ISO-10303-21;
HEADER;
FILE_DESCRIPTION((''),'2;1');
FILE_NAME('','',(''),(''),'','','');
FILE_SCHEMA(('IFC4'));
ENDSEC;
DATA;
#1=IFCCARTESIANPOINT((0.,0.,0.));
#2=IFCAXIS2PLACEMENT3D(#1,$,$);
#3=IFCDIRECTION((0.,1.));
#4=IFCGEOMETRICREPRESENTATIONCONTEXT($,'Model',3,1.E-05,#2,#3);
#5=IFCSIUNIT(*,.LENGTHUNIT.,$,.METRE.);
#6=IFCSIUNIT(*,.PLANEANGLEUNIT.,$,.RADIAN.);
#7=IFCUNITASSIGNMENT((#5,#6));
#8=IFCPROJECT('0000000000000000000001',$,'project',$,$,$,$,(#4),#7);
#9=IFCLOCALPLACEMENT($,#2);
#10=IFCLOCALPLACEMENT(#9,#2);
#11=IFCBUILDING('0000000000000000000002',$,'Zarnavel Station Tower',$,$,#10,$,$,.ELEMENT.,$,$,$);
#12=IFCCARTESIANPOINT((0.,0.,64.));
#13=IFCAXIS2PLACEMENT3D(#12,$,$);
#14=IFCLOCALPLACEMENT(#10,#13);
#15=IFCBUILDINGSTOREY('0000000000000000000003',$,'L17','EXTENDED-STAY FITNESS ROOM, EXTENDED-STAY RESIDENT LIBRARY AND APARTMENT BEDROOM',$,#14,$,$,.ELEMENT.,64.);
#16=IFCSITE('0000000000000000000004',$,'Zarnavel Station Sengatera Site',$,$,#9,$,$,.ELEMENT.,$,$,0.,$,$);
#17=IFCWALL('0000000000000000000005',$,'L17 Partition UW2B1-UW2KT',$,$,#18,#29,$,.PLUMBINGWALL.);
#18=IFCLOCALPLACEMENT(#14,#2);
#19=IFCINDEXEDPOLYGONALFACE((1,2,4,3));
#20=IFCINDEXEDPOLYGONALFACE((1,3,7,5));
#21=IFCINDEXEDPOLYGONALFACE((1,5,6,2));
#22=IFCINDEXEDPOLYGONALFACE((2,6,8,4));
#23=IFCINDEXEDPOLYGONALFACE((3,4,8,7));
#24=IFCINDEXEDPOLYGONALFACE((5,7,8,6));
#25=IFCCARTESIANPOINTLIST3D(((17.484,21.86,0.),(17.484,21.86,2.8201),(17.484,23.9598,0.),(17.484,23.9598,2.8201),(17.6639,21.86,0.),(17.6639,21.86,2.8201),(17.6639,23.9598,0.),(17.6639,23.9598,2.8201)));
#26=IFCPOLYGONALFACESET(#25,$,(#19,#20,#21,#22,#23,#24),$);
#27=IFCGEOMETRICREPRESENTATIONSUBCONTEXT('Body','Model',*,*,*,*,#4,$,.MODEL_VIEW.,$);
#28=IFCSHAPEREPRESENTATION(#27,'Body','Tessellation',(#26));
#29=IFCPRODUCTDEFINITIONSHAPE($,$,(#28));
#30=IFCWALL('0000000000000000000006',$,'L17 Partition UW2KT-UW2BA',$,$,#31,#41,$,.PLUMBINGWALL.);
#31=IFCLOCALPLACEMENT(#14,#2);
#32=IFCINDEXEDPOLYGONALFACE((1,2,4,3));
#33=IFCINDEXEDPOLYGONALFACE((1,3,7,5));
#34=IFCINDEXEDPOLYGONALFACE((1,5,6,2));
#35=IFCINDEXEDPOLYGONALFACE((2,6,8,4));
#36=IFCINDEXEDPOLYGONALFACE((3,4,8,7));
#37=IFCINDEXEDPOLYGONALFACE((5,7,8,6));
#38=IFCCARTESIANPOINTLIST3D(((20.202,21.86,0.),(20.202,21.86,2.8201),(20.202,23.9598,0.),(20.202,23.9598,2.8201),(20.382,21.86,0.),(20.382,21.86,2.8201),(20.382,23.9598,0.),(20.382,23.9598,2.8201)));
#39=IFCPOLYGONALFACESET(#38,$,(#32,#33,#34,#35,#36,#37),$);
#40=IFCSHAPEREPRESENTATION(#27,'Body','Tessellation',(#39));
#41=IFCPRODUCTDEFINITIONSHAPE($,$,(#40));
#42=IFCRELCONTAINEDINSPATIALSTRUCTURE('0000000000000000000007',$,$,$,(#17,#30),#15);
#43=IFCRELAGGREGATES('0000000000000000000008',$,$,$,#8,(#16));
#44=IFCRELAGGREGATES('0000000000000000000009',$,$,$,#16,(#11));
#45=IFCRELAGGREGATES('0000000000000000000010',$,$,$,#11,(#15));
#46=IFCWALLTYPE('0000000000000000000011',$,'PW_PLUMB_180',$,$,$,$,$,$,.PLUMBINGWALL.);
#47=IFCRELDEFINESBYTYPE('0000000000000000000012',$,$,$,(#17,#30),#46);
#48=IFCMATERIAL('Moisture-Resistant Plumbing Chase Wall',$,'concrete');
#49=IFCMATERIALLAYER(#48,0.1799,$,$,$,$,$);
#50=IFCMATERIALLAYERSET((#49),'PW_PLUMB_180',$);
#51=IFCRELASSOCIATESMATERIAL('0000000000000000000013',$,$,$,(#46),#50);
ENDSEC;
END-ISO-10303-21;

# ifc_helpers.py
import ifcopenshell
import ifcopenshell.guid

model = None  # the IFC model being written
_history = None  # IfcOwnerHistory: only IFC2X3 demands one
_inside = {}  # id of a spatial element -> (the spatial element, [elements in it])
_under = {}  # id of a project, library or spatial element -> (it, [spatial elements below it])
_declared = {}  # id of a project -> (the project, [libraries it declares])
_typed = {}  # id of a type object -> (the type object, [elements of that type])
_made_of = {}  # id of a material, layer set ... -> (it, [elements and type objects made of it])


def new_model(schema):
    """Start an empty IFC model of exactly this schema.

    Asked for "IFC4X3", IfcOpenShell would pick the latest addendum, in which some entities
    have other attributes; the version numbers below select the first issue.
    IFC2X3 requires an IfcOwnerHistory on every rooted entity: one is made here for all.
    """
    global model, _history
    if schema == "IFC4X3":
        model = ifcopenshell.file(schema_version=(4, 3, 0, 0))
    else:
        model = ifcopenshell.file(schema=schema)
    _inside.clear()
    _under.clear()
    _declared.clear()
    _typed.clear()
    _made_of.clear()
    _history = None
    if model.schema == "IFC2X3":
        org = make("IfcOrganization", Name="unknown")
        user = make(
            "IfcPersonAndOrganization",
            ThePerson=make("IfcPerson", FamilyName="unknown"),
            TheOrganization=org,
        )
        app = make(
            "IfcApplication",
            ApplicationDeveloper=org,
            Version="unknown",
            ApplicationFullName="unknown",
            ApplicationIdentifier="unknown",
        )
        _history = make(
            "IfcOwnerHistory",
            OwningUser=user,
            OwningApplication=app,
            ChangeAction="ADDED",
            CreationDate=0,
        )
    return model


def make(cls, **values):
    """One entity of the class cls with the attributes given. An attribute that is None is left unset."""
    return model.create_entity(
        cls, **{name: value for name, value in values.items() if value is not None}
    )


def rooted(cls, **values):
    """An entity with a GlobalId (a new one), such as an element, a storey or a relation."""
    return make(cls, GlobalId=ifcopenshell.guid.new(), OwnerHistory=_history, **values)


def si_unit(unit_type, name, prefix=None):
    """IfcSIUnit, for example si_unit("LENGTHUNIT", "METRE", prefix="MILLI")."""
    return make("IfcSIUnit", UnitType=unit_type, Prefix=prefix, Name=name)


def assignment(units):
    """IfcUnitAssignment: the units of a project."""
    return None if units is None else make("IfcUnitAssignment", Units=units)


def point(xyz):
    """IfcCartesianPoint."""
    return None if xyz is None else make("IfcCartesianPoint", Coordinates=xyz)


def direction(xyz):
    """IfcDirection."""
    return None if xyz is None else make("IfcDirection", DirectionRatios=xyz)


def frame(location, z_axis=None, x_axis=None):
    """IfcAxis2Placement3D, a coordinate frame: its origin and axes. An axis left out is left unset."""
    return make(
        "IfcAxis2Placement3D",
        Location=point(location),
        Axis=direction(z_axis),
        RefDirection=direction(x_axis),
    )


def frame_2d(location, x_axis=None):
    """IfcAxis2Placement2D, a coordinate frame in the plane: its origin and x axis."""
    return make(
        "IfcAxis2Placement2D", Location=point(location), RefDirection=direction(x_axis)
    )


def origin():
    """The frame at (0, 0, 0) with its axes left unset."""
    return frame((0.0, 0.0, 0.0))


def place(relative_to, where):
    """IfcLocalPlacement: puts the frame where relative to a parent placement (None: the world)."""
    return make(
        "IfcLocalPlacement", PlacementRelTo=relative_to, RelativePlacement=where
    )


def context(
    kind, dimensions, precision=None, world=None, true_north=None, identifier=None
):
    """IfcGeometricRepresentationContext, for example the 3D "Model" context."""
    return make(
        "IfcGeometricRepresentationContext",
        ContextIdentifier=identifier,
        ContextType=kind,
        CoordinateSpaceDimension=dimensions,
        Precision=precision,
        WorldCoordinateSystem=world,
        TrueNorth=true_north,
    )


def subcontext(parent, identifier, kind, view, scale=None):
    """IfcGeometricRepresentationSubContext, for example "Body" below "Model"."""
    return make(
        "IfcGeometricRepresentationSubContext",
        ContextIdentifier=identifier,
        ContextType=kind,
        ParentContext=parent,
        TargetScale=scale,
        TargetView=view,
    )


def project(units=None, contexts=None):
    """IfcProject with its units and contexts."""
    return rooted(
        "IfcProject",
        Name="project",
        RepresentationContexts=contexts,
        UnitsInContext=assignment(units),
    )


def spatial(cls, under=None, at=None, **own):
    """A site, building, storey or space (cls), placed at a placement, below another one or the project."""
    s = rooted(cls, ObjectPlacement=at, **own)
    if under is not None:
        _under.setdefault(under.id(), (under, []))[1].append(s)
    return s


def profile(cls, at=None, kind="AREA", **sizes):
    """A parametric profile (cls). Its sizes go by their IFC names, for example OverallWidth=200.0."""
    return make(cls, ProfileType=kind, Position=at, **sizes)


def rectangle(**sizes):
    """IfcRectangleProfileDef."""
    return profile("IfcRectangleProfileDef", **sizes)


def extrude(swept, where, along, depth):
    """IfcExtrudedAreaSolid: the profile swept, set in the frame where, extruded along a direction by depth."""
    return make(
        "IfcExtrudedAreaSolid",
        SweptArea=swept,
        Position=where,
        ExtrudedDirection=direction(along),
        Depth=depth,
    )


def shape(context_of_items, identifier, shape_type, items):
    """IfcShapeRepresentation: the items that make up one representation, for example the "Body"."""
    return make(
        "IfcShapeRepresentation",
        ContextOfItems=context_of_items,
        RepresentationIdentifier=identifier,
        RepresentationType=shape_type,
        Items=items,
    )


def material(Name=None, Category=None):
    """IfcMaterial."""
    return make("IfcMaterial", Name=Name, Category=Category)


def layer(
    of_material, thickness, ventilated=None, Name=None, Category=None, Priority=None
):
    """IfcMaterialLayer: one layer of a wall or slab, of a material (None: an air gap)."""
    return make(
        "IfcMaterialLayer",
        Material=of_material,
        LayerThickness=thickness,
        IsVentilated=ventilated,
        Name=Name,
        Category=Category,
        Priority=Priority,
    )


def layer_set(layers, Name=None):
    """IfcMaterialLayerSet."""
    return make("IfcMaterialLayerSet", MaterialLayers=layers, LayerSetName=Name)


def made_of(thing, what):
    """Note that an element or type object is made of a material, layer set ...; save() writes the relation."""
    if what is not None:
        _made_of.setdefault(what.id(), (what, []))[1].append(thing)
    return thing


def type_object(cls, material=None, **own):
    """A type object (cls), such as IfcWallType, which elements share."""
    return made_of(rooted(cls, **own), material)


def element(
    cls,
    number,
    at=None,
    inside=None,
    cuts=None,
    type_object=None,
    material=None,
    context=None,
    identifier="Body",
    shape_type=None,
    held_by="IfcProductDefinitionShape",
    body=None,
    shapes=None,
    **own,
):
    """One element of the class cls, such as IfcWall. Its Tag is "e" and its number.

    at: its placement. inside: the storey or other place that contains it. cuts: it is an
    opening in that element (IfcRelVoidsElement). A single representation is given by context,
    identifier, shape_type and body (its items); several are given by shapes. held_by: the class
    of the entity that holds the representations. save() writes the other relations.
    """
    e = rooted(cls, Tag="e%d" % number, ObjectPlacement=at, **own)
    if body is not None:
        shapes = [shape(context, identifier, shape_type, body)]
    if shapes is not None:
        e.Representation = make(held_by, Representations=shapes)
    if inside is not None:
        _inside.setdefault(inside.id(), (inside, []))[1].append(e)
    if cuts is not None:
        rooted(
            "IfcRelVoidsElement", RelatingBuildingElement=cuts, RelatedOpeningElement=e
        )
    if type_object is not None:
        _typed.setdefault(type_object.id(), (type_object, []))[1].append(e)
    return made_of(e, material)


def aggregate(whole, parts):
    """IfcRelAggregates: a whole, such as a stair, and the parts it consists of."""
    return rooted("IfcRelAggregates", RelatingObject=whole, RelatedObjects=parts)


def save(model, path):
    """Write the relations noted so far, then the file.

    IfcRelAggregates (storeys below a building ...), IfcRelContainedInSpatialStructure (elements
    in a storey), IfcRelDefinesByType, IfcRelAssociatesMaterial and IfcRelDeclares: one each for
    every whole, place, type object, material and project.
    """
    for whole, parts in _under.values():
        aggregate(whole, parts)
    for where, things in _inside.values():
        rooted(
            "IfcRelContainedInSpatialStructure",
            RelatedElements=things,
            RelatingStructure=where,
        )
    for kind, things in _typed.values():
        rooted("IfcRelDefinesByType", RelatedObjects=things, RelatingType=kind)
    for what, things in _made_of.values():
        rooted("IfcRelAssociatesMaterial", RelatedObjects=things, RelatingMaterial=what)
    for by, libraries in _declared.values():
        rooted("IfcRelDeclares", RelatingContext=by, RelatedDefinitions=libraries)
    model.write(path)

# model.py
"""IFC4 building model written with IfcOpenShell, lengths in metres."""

from ifc_helpers import new_model, si_unit, direction, frame, frame_2d, origin, place, context, subcontext, project, spatial, rectangle, extrude, material, layer, layer_set, type_object, element, save


model = new_model("IFC4")

# Units and contexts
model_context = context("Model", 3, precision=1e-05, world=origin(), true_north=direction((0.0, 1.0)))
body_context = subcontext(model_context, "Body", "Model", "MODEL_VIEW")
ifc_project = project(units=[si_unit("LENGTHUNIT", "METRE"), si_unit("PLANEANGLEUNIT", "RADIAN")], contexts=[model_context])

# Site, building, storey
site_placement = place(None, origin())
site = spatial("IfcSite", under=ifc_project, at=site_placement, Name="Zarnavel Station Sengatera Site", CompositionType="ELEMENT", RefElevation=0.0)
building_placement = place(site_placement, origin())
building = spatial("IfcBuilding", under=site, at=building_placement, Name="Zarnavel Station Tower", CompositionType="ELEMENT")
storey_placement = place(building_placement, frame((0.0, 0.0, 64.0)))
storey = spatial("IfcBuildingStorey", under=building, at=storey_placement, Name="L17", Description="EXTENDED-STAY FITNESS ROOM, EXTENDED-STAY RESIDENT LIBRARY AND APARTMENT BEDROOM", CompositionType="ELEMENT", Elevation=64.0)

# Shared definitions
ifc_material_1 = material(Name="Moisture-Resistant Plumbing Chase Wall", Category="concrete")
ifc_layer_1 = layer(ifc_material_1, 0.1799)
ifc_layer_set_1 = layer_set([ifc_layer_1], Name="PW_PLUMB_180")
wall_type_1 = type_object("IfcWallType", Name="PW_PLUMB_180", PredefinedType="PLUMBINGWALL", material=ifc_layer_set_1)

# Walls
for number, where, z_axis, x_axis, name in (
    (1, (17.574, 21.8601, 0.0), (0.0, 0.0, 1.0), (0.0, 1.0, 0.0), "L17 Partition UW2B1-UW2KT"),
    (2, (20.292, 21.8601, 0.0), (0.0, 0.0, 1.0), (0.0, 1.0, 0.0), "L17 Partition UW2KT-UW2BA"),
):
    element("IfcWall", number, at=place(storey_placement, frame(where, z_axis=z_axis, x_axis=x_axis)), inside=storey, type_object=wall_type_1, Name=name, PredefinedType="PLUMBINGWALL", context=body_context, shape_type="SweptSolid", body=[
        extrude(rectangle(XDim=2.0999, YDim=0.1799, at=frame_2d((1.0498, 0.0))), origin(), (0.0, 0.0, 1.0), 2.8201),
    ])

save(model, "model.ifc")
